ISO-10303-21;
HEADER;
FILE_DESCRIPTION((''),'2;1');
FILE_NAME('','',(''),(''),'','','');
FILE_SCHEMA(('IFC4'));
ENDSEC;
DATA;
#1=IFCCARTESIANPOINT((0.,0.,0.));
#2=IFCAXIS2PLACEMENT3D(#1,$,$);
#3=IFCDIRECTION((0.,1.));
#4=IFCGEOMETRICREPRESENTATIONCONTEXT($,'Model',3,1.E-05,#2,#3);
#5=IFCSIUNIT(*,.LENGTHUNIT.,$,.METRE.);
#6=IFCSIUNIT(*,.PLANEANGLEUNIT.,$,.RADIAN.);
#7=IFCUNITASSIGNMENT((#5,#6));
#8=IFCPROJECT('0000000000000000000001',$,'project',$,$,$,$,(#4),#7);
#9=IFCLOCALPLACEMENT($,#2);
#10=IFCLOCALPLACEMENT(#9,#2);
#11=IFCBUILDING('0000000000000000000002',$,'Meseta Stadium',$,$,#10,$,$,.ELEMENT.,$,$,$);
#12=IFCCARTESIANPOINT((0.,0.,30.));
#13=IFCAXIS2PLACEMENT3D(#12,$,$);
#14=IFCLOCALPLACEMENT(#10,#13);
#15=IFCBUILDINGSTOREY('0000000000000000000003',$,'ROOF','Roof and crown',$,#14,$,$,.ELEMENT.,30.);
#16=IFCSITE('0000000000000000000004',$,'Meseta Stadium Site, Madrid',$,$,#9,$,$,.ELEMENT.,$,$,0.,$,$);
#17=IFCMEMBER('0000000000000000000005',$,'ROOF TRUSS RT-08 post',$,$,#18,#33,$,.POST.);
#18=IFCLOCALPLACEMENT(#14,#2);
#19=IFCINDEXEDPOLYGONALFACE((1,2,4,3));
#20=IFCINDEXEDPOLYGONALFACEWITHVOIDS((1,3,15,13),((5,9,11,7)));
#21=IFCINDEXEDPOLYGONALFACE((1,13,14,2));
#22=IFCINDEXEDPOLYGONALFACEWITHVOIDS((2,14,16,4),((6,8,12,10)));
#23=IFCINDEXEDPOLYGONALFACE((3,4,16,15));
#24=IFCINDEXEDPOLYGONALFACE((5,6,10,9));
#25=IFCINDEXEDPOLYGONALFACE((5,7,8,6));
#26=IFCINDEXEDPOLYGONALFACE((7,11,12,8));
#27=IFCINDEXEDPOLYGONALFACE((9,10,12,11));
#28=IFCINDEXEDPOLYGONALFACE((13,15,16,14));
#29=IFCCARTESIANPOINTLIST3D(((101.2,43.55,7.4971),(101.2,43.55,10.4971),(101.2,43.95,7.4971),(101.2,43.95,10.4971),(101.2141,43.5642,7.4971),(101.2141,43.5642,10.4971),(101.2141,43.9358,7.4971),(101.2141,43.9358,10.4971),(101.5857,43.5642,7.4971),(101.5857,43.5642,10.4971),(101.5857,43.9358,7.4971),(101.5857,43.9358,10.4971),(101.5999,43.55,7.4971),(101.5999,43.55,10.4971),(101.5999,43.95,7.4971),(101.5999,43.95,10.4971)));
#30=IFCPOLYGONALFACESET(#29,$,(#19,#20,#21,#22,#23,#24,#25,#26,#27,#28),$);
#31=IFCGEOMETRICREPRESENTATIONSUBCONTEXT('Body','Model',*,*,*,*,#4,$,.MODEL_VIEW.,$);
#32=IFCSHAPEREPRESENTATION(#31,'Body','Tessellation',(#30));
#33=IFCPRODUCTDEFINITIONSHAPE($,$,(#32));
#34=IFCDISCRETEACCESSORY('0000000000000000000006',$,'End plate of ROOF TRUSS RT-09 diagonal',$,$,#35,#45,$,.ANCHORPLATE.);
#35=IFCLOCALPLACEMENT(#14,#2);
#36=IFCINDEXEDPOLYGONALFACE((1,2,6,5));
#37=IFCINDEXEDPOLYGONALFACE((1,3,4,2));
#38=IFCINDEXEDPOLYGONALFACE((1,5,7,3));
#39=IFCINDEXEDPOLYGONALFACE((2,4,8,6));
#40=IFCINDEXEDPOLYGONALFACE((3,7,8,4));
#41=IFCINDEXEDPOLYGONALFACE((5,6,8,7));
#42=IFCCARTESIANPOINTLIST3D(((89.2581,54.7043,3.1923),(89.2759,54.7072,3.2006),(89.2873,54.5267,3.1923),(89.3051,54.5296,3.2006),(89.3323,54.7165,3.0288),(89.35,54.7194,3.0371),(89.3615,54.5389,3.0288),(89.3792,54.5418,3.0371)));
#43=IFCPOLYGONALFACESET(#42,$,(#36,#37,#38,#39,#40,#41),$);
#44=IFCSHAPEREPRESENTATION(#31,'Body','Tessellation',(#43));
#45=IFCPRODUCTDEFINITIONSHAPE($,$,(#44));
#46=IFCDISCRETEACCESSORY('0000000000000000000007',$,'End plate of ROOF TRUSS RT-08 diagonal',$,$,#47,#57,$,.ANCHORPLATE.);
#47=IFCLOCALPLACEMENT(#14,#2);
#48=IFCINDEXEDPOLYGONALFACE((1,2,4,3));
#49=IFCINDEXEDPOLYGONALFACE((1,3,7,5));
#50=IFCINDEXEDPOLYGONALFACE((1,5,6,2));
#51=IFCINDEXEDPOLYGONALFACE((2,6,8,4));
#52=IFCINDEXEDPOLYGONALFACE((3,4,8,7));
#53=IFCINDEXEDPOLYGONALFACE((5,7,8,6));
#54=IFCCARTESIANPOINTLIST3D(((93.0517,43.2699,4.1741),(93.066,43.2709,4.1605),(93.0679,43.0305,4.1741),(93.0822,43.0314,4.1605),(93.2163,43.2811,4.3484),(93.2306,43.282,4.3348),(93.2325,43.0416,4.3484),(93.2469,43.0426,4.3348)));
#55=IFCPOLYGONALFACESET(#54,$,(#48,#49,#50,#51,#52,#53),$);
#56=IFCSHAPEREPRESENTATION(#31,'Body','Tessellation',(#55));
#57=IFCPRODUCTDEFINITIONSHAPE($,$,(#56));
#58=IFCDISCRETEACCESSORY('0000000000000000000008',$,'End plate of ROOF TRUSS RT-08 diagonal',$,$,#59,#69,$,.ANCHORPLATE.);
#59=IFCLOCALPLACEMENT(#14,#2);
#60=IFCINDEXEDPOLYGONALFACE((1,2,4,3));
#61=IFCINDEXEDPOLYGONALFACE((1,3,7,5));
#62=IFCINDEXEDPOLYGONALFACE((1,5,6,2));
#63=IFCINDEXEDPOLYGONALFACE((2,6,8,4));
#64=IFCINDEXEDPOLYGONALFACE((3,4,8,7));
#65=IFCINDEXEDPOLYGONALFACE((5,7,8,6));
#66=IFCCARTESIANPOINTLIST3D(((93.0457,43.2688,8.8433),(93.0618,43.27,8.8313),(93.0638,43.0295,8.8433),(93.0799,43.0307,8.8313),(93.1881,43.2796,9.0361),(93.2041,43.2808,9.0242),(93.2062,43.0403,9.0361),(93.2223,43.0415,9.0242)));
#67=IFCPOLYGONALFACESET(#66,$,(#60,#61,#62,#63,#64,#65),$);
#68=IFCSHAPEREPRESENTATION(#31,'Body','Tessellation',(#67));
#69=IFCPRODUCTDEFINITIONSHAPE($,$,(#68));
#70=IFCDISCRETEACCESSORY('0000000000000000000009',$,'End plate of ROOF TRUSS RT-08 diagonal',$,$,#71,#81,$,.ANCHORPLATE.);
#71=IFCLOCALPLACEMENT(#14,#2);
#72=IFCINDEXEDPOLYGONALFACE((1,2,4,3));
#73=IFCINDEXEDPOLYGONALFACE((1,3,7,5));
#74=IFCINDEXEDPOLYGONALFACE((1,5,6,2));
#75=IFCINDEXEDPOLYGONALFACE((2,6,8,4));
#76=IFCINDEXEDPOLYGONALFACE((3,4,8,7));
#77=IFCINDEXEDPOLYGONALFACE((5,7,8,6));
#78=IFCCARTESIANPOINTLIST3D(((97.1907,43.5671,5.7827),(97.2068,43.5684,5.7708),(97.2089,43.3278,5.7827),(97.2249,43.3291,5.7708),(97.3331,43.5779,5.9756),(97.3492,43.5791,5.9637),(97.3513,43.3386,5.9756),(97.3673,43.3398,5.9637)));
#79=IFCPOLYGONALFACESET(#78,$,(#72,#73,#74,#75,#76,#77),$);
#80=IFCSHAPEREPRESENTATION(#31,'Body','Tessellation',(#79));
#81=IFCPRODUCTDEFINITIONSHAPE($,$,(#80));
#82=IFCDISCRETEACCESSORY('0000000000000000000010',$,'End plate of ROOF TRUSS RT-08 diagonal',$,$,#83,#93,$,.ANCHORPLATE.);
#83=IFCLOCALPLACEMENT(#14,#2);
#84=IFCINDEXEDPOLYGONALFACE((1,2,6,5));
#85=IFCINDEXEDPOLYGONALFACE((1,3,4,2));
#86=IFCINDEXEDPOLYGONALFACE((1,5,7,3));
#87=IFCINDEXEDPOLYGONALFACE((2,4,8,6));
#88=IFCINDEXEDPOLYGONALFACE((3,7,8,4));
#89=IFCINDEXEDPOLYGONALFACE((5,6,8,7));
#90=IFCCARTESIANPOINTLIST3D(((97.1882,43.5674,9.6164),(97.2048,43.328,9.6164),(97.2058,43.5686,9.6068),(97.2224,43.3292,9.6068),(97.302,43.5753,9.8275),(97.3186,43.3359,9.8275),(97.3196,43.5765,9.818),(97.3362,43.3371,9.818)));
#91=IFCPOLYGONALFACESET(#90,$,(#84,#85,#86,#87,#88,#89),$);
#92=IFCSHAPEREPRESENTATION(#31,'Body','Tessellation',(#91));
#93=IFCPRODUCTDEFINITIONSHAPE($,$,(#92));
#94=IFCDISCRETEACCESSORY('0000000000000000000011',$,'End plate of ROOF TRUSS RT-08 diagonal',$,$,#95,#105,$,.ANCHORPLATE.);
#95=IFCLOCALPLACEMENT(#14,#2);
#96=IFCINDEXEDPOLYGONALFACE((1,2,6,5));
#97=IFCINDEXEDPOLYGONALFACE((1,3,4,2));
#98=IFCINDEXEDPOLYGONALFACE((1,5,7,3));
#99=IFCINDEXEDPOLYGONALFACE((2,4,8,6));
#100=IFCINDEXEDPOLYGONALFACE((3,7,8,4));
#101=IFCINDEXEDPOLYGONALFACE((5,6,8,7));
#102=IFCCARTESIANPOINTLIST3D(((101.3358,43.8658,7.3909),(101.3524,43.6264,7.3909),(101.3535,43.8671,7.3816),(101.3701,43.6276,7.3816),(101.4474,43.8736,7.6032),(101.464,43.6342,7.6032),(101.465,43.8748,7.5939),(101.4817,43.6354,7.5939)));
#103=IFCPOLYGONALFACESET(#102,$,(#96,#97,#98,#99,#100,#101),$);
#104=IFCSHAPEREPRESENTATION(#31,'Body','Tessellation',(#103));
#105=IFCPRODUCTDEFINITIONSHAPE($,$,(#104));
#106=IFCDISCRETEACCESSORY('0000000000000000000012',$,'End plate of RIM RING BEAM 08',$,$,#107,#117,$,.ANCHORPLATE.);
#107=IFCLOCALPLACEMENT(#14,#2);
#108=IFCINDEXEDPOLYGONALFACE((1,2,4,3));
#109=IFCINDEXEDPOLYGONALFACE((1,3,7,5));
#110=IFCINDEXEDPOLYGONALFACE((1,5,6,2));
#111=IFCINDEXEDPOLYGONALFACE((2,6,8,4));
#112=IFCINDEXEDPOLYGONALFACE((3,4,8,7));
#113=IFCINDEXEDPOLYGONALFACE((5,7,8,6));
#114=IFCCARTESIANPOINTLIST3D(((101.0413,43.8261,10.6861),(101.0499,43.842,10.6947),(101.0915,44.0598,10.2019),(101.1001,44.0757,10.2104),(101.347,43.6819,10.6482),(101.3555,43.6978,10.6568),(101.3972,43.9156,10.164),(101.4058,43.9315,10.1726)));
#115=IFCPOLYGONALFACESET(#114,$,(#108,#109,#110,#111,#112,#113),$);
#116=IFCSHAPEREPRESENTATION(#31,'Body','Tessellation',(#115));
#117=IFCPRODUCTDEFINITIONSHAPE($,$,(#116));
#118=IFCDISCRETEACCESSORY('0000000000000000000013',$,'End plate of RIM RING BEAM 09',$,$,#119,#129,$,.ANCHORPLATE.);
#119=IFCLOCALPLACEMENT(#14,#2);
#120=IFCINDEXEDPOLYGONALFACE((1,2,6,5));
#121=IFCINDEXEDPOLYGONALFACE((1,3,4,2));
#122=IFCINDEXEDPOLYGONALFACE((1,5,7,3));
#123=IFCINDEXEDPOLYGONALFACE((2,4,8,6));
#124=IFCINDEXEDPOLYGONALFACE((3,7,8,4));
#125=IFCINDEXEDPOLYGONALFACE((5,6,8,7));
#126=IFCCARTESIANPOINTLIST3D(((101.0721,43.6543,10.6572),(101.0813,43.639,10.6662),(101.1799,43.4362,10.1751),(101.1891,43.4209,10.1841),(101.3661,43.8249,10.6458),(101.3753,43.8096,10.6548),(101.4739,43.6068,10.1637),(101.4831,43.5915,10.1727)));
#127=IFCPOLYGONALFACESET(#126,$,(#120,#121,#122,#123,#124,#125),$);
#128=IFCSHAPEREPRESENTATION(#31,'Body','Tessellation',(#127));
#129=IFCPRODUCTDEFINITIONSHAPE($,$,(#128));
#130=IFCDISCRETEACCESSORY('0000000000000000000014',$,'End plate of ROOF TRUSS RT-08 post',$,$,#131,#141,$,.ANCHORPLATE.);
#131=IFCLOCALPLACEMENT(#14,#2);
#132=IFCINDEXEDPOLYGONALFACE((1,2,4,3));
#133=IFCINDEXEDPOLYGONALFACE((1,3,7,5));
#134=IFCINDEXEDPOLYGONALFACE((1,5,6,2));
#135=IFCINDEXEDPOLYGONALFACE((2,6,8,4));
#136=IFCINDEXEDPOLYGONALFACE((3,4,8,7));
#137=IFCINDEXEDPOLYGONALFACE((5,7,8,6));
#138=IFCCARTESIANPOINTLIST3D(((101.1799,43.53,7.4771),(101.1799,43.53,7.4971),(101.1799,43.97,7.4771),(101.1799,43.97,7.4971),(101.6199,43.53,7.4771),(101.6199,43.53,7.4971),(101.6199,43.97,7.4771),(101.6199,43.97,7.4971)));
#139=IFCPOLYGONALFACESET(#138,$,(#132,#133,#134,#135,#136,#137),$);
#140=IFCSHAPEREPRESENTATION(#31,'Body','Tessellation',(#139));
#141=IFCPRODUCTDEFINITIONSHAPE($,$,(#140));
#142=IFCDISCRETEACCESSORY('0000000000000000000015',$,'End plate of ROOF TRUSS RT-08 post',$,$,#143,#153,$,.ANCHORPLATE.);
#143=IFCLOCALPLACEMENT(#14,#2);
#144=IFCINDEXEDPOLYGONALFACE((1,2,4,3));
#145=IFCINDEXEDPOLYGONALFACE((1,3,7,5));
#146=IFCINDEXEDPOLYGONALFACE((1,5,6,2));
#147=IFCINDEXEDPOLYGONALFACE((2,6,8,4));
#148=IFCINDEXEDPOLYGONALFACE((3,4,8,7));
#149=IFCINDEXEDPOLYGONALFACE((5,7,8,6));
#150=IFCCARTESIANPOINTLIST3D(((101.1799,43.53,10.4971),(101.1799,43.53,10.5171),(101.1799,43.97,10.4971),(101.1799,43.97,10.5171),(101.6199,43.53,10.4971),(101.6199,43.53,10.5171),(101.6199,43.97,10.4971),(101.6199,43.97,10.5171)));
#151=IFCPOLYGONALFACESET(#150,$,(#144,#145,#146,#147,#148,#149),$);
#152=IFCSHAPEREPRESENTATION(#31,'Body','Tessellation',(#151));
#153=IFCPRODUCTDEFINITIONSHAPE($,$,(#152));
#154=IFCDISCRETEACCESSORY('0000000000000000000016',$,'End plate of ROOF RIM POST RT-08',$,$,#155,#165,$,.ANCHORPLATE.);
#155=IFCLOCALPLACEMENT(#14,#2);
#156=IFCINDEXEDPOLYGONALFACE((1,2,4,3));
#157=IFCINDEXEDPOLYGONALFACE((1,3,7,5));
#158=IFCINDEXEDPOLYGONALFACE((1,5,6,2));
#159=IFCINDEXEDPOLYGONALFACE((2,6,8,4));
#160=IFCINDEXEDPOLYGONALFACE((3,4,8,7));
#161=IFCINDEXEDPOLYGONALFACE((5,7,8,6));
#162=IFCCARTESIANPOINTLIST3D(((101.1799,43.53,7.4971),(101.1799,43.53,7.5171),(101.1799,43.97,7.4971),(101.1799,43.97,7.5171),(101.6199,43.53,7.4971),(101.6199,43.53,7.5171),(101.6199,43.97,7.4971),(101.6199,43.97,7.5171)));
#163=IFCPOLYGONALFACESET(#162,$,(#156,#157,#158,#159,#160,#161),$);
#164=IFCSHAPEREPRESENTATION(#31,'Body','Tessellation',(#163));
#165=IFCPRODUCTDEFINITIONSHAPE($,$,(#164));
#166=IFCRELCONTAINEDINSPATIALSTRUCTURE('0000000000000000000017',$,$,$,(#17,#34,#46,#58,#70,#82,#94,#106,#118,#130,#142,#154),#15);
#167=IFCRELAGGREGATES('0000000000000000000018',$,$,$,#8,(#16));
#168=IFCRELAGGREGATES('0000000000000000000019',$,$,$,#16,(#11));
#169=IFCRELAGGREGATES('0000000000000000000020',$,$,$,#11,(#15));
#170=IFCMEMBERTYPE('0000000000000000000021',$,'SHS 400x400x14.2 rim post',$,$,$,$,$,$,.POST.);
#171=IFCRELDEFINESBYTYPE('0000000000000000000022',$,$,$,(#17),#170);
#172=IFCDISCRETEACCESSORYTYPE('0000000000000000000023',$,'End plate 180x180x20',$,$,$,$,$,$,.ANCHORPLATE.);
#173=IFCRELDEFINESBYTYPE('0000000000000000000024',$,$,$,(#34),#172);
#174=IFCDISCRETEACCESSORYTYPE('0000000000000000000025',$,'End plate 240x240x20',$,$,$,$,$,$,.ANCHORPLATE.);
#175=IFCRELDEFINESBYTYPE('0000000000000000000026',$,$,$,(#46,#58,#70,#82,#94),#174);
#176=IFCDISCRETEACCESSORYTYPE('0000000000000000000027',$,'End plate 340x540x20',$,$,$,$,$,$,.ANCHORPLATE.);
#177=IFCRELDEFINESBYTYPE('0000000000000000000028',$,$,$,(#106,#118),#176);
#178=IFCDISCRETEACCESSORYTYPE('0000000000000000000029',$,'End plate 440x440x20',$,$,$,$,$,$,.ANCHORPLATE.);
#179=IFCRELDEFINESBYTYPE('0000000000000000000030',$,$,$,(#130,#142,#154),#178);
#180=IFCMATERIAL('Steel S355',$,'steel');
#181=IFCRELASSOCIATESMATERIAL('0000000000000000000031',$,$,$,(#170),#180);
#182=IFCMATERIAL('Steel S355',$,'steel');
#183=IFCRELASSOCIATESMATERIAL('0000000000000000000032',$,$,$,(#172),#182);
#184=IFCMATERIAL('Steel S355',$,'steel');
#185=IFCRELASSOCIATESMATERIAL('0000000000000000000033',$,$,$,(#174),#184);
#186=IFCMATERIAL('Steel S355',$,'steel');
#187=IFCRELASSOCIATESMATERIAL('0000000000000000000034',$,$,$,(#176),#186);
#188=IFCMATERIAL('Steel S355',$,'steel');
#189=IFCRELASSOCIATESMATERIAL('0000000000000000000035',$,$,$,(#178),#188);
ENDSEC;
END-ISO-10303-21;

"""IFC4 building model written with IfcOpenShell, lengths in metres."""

from ifc_helpers import new_model, si_unit, direction, frame, origin, origin_2d, place, context, subcontext, project, spatial, rectangle, hollow_rectangle, extrude, material, material_profile, profile_set, type_object, element, save


model = new_model("IFC4")

# Units and contexts
model_context = context("Model", 3, precision=1e-05, world=origin(), true_north=direction((0.0, 1.0)))
body_context = subcontext(model_context, "Body", "Model", "MODEL_VIEW")
ifc_project = project(units=[si_unit("LENGTHUNIT", "METRE"), si_unit("PLANEANGLEUNIT", "RADIAN")], contexts=[model_context])

# Site, building, storey
site_placement = place(None, origin())
site = spatial("IfcSite", under=ifc_project, at=site_placement, Name="Meseta Stadium Site, Madrid", CompositionType="ELEMENT", RefElevation=0.0)
building_placement = place(site_placement, origin())
building = spatial("IfcBuilding", under=site, at=building_placement, Name="Meseta Stadium", CompositionType="ELEMENT")
storey_placement = place(building_placement, frame((0.0, 0.0, 30.0)))
storey = spatial("IfcBuildingStorey", under=building, at=storey_placement, Name="ROOF", Description="Roof and crown", CompositionType="ELEMENT", Elevation=30.0)

# Member
ifc_material_1 = material(Name="Steel S355", Category="steel")
ifc_material_profile_1 = material_profile(ifc_material_1, hollow_rectangle(XDim=0.3999, YDim=0.3999, WallThickness=0.0142, at=origin_2d()), Name="SHS 400x400x14.2")
ifc_profile_set_1 = profile_set([ifc_material_profile_1], Name="Steel S355")
member_type_1 = type_object("IfcMemberType", Name="SHS 400x400x14.2 rim post", PredefinedType="POST", material=ifc_profile_set_1)
member_1_placement = place(storey_placement, frame((101.3999, 43.75, 7.4971), z_axis=(0.0, 0.0, 1.0), x_axis=(1.0, 0.0, 0.0)))
element("IfcMember", 1, at=member_1_placement, inside=storey, type_object=member_type_1, Name="ROOF TRUSS RT-08 post", PredefinedType="POST", context=body_context, shape_type="SweptSolid", body=[
    extrude(hollow_rectangle(XDim=0.3999, YDim=0.3999, WallThickness=0.0142, at=origin_2d()), origin(), (0.0, 0.0, 1.0), 3.0),
])

# Discrete accessories
ifc_material_2 = material(Name="Steel S355", Category="steel")
ifc_material_profile_2 = material_profile(ifc_material_2, rectangle(XDim=0.1799, YDim=0.1799, at=origin_2d()), Name="PL 180x180")
ifc_profile_set_2 = profile_set([ifc_material_profile_2], Name="Steel S355")
discrete_accessory_type_1 = type_object("IfcDiscreteAccessoryType", Name="End plate 180x180x20", PredefinedType="ANCHORPLATE", material=ifc_profile_set_2)
discrete_accessory_1_placement = place(storey_placement, frame((89.3098, 54.6216, 3.1106), z_axis=(0.8966, 0.147386, 0.417595), x_axis=(-0.162207, 0.986757, 0.0)))
element("IfcDiscreteAccessory", 2, at=discrete_accessory_1_placement, inside=storey, type_object=discrete_accessory_type_1, Name="End plate of ROOF TRUSS RT-09 diagonal", PredefinedType="ANCHORPLATE", context=body_context, shape_type="SweptSolid", body=[
    extrude(rectangle(XDim=0.1799, YDim=0.1799, at=origin_2d()), origin(), (0.0, 0.0, 1.0), 0.0198),
])
ifc_material_3 = material(Name="Steel S355", Category="steel")
ifc_material_profile_3 = material_profile(ifc_material_3, rectangle(XDim=0.24, YDim=0.24, at=origin_2d()), Name="PL 240x240")
ifc_profile_set_3 = profile_set([ifc_material_profile_3], Name="Steel S355")
discrete_accessory_type_2 = type_object("IfcDiscreteAccessoryType", Name="End plate 240x240x20", PredefinedType="ANCHORPLATE", material=ifc_profile_set_3)
discrete_accessory_2_placement = place(storey_placement, frame((93.1421, 43.1558, 4.2612), z_axis=(0.724431, 0.049114, -0.687596), x_axis=(-0.067641, 0.99771, 0.0)))
element("IfcDiscreteAccessory", 3, at=discrete_accessory_2_placement, inside=storey, type_object=discrete_accessory_type_2, Name="End plate of ROOF TRUSS RT-08 diagonal", PredefinedType="ANCHORPLATE", context=body_context, shape_type="SweptSolid", body=[
    extrude(rectangle(XDim=0.24, YDim=0.24, at=origin_2d()), origin(), (0.0, 0.0, 1.0), 0.0198),
])
for number, where, z_axis, x_axis, name in (
    (4, (93.126, 43.1545, 8.9397), (0.801429, 0.060714, -0.595), (-0.075541, 0.997143, 0.0), "End plate of ROOF TRUSS RT-08 diagonal"),
    (5, (97.271, 43.4529, 5.8792), (0.801429, 0.060714, -0.595), (-0.075541, 0.997143, 0.0), "End plate of ROOF TRUSS RT-08 diagonal"),
    (6, (97.2534, 43.4517, 9.7219), (0.877657, 0.060948, -0.475398), (-0.069278, 0.997597, 0.0), "End plate of ROOF TRUSS RT-08 diagonal"),
    (7, (101.3999, 43.75, 7.4971), (0.882722, 0.0613, -0.465881), (-0.069278, 0.997597, 0.0), "End plate of ROOF TRUSS RT-08 diagonal"),
):
    element("IfcDiscreteAccessory", number, at=place(storey_placement, frame(where, z_axis=z_axis, x_axis=x_axis)), inside=storey, type_object=discrete_accessory_type_2, Name=name, PredefinedType="ANCHORPLATE", context=body_context, shape_type="SweptSolid", body=[
        extrude(rectangle(XDim=0.24, YDim=0.24, at=origin_2d()), origin(), (0.0, 0.0, 1.0), 0.02),
    ])
ifc_material_4 = material(Name="Steel S355", Category="steel")
ifc_material_profile_4 = material_profile(ifc_material_4, rectangle(XDim=0.3401, YDim=0.54, at=origin_2d()), Name="PL 340x540")
ifc_profile_set_4 = profile_set([ifc_material_profile_4], Name="Steel S355")
discrete_accessory_type_3 = type_object("IfcDiscreteAccessoryType", Name="End plate 340x540x20", PredefinedType="ANCHORPLATE", material=ifc_profile_set_4)
for number, where, z_axis, x_axis, name in (
    (8, (101.2192, 43.8708, 10.425), (0.428393, 0.795587, 0.428393), (-0.898795, 0.423974, 0.111416), "End plate of RIM RING BEAM 08"),
    (9, (101.2822, 43.6152, 10.4194), (-0.461429, 0.765, -0.449286), (-0.864424, -0.501636, 0.033649), "End plate of RIM RING BEAM 09"),
):
    element("IfcDiscreteAccessory", number, at=place(storey_placement, frame(where, z_axis=z_axis, x_axis=x_axis)), inside=storey, type_object=discrete_accessory_type_3, Name=name, PredefinedType="ANCHORPLATE", context=body_context, shape_type="SweptSolid", body=[
        extrude(rectangle(XDim=0.3401, YDim=0.54, at=origin_2d()), origin(), (0.0, 0.0, 1.0), 0.02),
    ])
ifc_material_5 = material(Name="Steel S355", Category="steel")
ifc_material_profile_5 = material_profile(ifc_material_5, rectangle(XDim=0.4399, YDim=0.4399, at=origin_2d()), Name="PL 440x440")
ifc_profile_set_5 = profile_set([ifc_material_profile_5], Name="Steel S355")
discrete_accessory_type_4 = type_object("IfcDiscreteAccessoryType", Name="End plate 440x440x20", PredefinedType="ANCHORPLATE", material=ifc_profile_set_5)
for number, where, z_axis, x_axis, name in (
    (10, (101.3999, 43.75, 7.4771), (0.0, 0.0, 1.0), (1.0, 0.0, 0.0), "End plate of ROOF TRUSS RT-08 post"),
    (11, (101.3999, 43.75, 10.4971), (0.0, 0.0, 1.0), (1.0, 0.0, 0.0), "End plate of ROOF TRUSS RT-08 post"),
    (12, (101.3999, 43.75, 7.4971), (0.0, 0.0, 1.0), (1.0, 0.0, 0.0), "End plate of ROOF RIM POST RT-08"),
):
    element("IfcDiscreteAccessory", number, at=place(storey_placement, frame(where, z_axis=z_axis, x_axis=x_axis)), inside=storey, type_object=discrete_accessory_type_4, Name=name, PredefinedType="ANCHORPLATE", context=body_context, shape_type="SweptSolid", body=[
        extrude(rectangle(XDim=0.4399, YDim=0.4399, at=origin_2d()), origin(), (0.0, 0.0, 1.0), 0.02),
    ])

save(model, "model.ifc")
